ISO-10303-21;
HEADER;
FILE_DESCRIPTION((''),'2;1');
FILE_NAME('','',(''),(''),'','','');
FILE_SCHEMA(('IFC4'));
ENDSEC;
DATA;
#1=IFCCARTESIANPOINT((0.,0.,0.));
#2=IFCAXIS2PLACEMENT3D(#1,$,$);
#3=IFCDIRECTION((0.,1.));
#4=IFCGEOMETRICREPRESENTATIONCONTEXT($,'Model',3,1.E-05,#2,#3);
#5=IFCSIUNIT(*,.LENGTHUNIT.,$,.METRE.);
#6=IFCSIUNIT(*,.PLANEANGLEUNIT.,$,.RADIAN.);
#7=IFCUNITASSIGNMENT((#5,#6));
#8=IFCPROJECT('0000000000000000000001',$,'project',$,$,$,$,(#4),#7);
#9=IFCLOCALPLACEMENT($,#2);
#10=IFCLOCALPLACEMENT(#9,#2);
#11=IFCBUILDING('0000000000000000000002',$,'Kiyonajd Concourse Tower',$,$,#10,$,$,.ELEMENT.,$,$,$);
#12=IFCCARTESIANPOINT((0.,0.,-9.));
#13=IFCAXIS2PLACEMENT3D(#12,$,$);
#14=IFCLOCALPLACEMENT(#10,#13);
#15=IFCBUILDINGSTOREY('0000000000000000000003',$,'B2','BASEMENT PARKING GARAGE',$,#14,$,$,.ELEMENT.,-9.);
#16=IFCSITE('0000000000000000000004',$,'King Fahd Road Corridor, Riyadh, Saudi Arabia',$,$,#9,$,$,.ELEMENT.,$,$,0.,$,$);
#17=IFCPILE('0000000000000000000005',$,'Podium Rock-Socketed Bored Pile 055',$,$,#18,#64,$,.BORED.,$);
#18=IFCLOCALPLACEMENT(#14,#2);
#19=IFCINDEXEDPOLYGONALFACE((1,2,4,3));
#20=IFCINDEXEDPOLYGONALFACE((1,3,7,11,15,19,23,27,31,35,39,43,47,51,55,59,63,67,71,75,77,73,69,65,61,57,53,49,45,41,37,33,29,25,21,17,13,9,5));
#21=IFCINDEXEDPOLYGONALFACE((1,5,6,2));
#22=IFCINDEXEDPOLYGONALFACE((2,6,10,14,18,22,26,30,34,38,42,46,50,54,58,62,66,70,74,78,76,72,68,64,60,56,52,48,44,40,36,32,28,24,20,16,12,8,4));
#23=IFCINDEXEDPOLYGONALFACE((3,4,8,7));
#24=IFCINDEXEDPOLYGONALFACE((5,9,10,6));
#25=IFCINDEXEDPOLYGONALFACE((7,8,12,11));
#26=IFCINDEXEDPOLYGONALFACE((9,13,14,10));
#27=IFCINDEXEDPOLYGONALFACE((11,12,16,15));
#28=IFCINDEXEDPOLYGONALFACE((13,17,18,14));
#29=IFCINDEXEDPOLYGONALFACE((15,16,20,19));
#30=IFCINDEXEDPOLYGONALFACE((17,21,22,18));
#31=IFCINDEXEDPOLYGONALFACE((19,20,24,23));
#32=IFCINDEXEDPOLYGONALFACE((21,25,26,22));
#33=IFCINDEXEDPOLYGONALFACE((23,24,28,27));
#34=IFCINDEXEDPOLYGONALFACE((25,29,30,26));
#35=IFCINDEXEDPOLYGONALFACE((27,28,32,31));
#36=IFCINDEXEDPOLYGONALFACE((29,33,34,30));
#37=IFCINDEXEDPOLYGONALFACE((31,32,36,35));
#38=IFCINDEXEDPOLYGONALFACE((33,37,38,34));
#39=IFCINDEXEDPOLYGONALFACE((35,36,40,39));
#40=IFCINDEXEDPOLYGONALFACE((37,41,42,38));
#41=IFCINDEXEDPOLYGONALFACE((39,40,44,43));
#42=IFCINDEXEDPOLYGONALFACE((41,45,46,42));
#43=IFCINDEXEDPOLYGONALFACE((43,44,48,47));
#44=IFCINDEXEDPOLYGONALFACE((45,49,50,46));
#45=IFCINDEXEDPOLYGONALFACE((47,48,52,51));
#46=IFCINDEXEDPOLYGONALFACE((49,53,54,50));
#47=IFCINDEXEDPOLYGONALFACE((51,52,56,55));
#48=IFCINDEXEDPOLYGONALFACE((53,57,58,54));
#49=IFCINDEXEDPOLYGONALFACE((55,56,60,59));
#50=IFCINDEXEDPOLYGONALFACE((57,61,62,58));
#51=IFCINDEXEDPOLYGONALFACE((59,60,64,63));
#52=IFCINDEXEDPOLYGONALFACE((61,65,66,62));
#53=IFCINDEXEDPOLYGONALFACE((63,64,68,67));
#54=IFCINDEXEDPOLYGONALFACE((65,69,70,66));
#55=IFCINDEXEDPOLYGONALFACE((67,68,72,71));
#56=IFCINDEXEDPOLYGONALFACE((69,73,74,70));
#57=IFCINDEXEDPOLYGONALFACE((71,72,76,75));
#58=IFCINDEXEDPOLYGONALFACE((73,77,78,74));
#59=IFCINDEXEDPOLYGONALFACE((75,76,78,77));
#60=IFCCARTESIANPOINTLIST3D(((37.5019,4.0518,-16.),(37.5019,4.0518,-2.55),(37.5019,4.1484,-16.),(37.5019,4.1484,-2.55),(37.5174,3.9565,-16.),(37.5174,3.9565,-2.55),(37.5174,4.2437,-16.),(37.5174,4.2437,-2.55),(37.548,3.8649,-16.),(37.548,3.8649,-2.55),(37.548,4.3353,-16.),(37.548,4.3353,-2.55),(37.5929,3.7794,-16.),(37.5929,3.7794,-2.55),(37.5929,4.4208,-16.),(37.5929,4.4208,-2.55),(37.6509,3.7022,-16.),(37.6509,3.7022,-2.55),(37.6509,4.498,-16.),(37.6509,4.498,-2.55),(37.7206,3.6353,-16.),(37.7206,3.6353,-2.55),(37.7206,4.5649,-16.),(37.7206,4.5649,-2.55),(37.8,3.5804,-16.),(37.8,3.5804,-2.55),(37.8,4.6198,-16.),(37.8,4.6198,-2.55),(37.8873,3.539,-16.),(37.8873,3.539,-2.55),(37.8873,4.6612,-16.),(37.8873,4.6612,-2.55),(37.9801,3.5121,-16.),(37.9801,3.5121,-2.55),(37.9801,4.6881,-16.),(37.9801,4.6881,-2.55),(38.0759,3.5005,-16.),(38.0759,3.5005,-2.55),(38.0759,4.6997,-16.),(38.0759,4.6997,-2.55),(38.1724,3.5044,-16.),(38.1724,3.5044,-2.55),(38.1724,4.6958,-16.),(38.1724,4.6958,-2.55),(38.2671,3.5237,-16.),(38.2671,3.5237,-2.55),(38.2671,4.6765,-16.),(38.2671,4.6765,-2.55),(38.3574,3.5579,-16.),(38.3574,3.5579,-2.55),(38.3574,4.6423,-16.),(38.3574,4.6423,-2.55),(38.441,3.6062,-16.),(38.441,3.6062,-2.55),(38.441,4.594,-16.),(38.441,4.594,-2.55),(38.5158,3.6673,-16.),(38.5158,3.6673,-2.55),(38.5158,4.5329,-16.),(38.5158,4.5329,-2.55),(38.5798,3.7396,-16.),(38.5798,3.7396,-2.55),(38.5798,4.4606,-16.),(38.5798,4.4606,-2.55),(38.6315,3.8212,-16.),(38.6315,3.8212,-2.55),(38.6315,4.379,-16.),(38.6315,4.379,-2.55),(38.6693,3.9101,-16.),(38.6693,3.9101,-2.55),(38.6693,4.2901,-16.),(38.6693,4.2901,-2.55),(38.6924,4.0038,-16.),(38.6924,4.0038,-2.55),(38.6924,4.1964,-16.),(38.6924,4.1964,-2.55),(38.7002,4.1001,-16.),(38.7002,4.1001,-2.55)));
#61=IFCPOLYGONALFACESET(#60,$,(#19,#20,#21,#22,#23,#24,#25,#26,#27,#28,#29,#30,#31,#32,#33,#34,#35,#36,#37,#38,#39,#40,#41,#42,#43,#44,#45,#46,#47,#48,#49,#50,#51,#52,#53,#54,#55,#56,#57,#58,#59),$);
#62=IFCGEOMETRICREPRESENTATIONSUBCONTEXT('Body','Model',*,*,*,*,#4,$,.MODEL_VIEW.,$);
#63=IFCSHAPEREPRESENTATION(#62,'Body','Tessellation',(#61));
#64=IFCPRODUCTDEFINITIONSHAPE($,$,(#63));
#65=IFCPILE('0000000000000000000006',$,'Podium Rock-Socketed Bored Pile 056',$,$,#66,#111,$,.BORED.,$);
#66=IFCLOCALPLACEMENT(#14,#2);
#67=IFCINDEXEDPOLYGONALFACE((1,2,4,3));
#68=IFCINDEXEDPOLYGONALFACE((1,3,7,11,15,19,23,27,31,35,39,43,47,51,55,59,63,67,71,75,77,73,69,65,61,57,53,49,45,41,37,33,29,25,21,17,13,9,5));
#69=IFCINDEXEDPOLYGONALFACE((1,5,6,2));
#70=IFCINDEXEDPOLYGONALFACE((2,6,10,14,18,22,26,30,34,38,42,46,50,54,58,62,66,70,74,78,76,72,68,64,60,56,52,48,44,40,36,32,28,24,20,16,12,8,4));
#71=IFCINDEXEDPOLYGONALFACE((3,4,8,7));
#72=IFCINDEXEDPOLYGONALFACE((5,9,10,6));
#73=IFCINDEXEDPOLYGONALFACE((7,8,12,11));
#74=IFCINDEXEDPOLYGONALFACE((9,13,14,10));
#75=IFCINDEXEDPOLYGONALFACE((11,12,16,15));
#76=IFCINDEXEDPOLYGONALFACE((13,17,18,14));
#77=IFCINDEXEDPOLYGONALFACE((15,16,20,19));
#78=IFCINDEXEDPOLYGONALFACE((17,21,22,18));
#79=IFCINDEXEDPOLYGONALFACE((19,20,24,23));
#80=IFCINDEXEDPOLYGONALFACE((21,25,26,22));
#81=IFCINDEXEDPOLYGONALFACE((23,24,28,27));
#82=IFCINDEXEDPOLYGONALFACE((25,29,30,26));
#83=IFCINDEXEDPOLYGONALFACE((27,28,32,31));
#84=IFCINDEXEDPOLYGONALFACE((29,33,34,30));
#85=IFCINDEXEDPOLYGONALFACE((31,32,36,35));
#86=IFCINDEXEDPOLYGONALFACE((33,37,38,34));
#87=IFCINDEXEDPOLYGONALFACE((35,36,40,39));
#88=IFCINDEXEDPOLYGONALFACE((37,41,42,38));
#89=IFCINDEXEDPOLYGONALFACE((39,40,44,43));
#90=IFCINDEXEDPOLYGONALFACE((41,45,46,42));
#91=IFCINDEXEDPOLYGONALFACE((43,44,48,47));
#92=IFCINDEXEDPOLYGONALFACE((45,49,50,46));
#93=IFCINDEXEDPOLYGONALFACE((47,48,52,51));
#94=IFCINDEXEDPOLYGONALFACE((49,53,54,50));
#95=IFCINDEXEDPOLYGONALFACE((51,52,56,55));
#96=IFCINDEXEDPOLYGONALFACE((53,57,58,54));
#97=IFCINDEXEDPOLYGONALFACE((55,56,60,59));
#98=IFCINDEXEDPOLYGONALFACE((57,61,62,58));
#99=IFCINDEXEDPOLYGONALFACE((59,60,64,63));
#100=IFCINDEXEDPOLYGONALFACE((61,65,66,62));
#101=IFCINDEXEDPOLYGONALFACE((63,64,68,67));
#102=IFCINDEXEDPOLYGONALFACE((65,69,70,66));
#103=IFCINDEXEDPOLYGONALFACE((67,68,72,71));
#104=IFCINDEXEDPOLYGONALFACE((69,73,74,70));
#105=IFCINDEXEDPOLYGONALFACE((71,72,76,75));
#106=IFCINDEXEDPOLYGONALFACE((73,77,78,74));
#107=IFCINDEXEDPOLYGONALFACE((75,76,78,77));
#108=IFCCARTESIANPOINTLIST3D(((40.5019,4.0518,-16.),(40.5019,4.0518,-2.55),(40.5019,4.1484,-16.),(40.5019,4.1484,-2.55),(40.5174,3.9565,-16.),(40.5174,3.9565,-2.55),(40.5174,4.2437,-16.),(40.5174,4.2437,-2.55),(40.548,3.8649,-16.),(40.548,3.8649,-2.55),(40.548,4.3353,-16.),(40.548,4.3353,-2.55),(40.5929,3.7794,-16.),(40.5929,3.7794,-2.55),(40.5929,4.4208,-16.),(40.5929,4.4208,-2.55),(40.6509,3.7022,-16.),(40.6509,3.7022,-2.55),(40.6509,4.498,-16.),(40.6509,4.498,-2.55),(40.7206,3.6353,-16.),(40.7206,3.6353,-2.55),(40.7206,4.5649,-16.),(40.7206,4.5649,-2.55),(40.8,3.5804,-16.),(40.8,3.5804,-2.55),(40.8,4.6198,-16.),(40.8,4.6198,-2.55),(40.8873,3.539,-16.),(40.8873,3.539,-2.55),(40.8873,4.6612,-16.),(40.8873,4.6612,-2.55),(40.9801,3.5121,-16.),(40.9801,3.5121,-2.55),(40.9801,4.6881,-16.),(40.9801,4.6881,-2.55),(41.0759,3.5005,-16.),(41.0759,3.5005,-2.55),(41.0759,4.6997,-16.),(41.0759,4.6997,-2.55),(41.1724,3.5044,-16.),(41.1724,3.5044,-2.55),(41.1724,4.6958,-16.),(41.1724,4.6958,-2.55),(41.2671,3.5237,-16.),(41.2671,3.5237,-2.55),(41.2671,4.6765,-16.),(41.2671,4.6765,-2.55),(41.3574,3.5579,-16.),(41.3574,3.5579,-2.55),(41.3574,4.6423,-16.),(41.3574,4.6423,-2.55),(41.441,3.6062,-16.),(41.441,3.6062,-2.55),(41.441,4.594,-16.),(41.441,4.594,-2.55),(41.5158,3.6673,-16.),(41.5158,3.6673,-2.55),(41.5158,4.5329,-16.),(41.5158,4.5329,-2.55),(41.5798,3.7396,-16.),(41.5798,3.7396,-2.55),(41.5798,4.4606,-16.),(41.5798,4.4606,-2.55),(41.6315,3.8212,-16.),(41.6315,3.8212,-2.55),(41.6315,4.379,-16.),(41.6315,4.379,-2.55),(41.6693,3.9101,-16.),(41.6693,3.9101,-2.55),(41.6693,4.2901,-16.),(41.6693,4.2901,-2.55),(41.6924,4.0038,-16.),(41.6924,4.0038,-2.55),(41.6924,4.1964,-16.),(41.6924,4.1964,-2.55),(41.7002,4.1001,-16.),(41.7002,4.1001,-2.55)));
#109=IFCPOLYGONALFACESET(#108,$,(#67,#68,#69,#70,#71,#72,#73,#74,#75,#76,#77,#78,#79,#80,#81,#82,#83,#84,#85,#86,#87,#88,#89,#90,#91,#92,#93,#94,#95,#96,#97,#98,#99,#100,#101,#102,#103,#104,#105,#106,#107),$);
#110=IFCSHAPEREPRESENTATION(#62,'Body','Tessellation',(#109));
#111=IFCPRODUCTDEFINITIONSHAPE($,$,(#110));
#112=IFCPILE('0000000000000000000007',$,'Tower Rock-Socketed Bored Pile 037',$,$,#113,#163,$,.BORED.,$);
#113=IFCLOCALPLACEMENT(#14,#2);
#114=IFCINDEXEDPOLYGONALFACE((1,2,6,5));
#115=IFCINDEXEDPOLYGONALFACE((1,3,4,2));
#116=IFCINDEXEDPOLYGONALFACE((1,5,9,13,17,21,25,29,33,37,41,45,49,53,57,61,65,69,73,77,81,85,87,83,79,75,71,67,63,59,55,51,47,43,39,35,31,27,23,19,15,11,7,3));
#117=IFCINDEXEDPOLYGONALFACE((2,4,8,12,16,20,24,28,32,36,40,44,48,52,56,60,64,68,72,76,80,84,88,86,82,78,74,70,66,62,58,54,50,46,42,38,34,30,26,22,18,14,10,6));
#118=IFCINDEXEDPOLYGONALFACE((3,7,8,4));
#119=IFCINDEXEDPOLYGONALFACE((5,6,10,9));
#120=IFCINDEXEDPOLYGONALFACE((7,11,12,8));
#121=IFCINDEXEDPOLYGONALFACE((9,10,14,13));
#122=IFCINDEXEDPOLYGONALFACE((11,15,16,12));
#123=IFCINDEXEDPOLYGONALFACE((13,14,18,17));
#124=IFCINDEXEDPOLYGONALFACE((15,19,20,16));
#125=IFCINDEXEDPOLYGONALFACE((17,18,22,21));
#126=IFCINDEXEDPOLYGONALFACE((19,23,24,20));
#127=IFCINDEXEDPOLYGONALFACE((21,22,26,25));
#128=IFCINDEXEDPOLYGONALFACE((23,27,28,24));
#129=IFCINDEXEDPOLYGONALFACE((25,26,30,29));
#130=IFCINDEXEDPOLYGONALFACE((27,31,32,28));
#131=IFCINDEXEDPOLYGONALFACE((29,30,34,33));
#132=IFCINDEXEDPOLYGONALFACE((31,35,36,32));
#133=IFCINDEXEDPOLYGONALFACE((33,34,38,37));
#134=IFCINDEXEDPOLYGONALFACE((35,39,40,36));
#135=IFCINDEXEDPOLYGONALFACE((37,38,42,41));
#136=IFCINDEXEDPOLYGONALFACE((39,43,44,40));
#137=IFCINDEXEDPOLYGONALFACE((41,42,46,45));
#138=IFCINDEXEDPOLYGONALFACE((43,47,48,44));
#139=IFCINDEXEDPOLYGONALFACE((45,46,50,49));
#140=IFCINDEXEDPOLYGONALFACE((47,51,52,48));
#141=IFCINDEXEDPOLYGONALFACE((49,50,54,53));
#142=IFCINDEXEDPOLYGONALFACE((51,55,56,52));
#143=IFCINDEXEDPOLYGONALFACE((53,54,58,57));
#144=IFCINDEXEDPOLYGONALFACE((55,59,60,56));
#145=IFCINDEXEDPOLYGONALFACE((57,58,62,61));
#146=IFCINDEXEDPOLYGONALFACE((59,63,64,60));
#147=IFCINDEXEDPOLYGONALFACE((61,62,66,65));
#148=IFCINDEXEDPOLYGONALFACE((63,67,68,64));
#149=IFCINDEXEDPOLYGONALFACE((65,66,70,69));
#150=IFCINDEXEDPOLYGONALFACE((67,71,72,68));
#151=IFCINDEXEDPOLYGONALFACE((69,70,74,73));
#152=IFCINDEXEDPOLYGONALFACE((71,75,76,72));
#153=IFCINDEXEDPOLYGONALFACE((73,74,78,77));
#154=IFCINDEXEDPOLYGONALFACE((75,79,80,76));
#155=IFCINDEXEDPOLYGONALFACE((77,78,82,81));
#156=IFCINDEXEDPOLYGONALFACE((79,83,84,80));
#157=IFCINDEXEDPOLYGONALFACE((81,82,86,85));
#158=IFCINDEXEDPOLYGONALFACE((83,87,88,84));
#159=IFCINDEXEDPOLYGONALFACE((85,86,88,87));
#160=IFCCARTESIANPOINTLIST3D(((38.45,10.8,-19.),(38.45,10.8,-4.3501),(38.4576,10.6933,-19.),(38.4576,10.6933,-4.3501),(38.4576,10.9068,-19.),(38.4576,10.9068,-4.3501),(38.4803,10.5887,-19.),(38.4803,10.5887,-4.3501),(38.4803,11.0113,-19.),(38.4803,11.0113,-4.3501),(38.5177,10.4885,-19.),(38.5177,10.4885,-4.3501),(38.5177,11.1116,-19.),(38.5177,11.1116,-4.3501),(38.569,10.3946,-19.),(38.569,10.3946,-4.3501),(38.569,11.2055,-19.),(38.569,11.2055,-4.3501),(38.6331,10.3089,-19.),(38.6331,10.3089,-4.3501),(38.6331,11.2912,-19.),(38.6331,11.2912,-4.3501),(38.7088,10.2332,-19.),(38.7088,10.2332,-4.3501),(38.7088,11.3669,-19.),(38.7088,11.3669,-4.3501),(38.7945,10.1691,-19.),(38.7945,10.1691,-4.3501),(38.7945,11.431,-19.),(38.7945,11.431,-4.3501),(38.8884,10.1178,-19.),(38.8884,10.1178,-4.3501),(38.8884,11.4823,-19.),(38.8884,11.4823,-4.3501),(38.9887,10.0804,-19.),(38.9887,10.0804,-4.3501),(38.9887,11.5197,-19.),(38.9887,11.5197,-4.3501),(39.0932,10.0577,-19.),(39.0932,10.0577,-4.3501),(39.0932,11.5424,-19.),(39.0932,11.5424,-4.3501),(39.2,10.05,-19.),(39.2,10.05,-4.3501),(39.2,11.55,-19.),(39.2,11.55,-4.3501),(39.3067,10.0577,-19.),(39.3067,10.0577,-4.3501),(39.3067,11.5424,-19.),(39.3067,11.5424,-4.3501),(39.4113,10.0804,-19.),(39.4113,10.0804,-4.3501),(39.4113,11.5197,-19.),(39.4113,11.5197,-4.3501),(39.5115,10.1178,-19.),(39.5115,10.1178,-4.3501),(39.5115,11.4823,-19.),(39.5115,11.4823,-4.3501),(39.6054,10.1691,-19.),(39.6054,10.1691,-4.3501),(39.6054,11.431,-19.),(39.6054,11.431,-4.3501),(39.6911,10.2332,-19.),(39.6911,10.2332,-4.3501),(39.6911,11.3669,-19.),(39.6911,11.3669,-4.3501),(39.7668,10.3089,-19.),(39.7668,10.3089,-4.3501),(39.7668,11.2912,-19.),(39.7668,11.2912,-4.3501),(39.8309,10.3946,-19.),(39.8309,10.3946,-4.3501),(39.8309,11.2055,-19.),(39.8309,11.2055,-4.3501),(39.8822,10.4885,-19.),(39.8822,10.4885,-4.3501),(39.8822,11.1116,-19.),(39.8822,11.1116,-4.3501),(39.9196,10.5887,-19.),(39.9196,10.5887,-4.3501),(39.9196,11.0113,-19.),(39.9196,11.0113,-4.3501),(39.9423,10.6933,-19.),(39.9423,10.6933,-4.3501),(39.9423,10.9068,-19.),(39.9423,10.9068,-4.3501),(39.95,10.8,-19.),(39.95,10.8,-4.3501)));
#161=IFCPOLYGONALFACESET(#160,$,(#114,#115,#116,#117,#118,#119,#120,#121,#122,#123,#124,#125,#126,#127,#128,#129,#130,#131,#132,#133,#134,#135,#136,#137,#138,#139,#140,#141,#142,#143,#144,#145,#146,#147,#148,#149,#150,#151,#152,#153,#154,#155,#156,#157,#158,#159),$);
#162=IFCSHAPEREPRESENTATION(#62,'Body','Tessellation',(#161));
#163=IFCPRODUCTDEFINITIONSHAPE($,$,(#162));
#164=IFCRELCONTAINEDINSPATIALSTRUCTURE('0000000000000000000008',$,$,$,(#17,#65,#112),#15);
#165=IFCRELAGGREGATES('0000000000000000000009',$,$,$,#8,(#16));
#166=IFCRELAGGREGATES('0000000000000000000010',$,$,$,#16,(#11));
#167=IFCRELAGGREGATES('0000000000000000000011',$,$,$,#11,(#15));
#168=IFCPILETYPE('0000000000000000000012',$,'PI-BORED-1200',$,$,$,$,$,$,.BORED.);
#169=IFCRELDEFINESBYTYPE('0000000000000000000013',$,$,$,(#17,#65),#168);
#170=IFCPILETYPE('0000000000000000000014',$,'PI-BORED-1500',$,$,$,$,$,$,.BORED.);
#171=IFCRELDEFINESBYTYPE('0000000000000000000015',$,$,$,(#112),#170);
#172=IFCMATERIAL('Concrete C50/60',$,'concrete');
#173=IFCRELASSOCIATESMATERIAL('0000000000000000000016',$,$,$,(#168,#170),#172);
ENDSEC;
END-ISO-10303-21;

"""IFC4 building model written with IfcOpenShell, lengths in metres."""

from ifc_helpers import new_model, si_unit, direction, frame, origin, origin_2d, place, context, subcontext, project, spatial, circle, extrude, material, material_profile, profile_set, type_object, element, save


model = new_model("IFC4")

# Units and contexts
model_context = context("Model", 3, precision=1e-05, world=origin(), true_north=direction((0.0, 1.0)))
body_context = subcontext(model_context, "Body", "Model", "MODEL_VIEW")
ifc_project = project(units=[si_unit("LENGTHUNIT", "METRE"), si_unit("PLANEANGLEUNIT", "RADIAN")], contexts=[model_context])

# Site, building, storey
site_placement = place(None, origin())
site = spatial("IfcSite", under=ifc_project, at=site_placement, Name="King Fahd Road Corridor, Riyadh, Saudi Arabia", CompositionType="ELEMENT", RefElevation=0.0)
building_placement = place(site_placement, origin())
building = spatial("IfcBuilding", under=site, at=building_placement, Name="Kiyonajd Concourse Tower", CompositionType="ELEMENT")
storey_placement = place(building_placement, frame((0.0, 0.0, -9.0)))
storey = spatial("IfcBuildingStorey", under=building, at=storey_placement, Name="B2", Description="BASEMENT PARKING GARAGE", CompositionType="ELEMENT", Elevation=-9.0)

# Shared definitions
ifc_material_1 = material(Name="Concrete C50/60", Category="concrete")

# Piles
ifc_material_profile_1 = material_profile(ifc_material_1, circle(Radius=0.6001, at=origin_2d()), Name="PILE-D1200")
ifc_profile_set_1 = profile_set([ifc_material_profile_1], Name="Concrete C50/60")
pile_type_1 = type_object("IfcPileType", Name="PI-BORED-1200", PredefinedType="BORED", material=ifc_profile_set_1)
for number, where, z_axis, x_axis, name in (
    (1, (38.1001, 4.1001, -2.55), (0.0, 0.0, -1.0), (1.0, 0.0, 0.0), "Podium Rock-Socketed Bored Pile 055"),
    (2, (41.1001, 4.1001, -2.55), (0.0, 0.0, -1.0), (1.0, 0.0, 0.0), "Podium Rock-Socketed Bored Pile 056"),
):
    element("IfcPile", number, at=place(storey_placement, frame(where, z_axis=z_axis, x_axis=x_axis)), inside=storey, type_object=pile_type_1, Name=name, PredefinedType="BORED", context=body_context, shape_type="SweptSolid", body=[
        extrude(circle(Radius=0.6001, at=origin_2d()), origin(), (0.0, 0.0, 1.0), 13.45),
    ])
ifc_material_profile_2 = material_profile(ifc_material_1, circle(Radius=0.75, at=origin_2d()), Name="PILE-D1500")
ifc_profile_set_2 = profile_set([ifc_material_profile_2], Name="Concrete C50/60")
pile_type_2 = type_object("IfcPileType", Name="PI-BORED-1500", PredefinedType="BORED", material=ifc_profile_set_2)
for number, where, z_axis, x_axis, name in (
    (3, (39.2, 10.8, -4.3501), (0.0, 0.0, -1.0), (1.0, 0.0, 0.0), "Tower Rock-Socketed Bored Pile 037"),
):
    element("IfcPile", number, at=place(storey_placement, frame(where, z_axis=z_axis, x_axis=x_axis)), inside=storey, type_object=pile_type_2, Name=name, PredefinedType="BORED", context=body_context, shape_type="SweptSolid", body=[
        extrude(circle(Radius=0.75, at=origin_2d()), origin(), (0.0, 0.0, 1.0), 14.6499),
    ])

save(model, "model.ifc")
